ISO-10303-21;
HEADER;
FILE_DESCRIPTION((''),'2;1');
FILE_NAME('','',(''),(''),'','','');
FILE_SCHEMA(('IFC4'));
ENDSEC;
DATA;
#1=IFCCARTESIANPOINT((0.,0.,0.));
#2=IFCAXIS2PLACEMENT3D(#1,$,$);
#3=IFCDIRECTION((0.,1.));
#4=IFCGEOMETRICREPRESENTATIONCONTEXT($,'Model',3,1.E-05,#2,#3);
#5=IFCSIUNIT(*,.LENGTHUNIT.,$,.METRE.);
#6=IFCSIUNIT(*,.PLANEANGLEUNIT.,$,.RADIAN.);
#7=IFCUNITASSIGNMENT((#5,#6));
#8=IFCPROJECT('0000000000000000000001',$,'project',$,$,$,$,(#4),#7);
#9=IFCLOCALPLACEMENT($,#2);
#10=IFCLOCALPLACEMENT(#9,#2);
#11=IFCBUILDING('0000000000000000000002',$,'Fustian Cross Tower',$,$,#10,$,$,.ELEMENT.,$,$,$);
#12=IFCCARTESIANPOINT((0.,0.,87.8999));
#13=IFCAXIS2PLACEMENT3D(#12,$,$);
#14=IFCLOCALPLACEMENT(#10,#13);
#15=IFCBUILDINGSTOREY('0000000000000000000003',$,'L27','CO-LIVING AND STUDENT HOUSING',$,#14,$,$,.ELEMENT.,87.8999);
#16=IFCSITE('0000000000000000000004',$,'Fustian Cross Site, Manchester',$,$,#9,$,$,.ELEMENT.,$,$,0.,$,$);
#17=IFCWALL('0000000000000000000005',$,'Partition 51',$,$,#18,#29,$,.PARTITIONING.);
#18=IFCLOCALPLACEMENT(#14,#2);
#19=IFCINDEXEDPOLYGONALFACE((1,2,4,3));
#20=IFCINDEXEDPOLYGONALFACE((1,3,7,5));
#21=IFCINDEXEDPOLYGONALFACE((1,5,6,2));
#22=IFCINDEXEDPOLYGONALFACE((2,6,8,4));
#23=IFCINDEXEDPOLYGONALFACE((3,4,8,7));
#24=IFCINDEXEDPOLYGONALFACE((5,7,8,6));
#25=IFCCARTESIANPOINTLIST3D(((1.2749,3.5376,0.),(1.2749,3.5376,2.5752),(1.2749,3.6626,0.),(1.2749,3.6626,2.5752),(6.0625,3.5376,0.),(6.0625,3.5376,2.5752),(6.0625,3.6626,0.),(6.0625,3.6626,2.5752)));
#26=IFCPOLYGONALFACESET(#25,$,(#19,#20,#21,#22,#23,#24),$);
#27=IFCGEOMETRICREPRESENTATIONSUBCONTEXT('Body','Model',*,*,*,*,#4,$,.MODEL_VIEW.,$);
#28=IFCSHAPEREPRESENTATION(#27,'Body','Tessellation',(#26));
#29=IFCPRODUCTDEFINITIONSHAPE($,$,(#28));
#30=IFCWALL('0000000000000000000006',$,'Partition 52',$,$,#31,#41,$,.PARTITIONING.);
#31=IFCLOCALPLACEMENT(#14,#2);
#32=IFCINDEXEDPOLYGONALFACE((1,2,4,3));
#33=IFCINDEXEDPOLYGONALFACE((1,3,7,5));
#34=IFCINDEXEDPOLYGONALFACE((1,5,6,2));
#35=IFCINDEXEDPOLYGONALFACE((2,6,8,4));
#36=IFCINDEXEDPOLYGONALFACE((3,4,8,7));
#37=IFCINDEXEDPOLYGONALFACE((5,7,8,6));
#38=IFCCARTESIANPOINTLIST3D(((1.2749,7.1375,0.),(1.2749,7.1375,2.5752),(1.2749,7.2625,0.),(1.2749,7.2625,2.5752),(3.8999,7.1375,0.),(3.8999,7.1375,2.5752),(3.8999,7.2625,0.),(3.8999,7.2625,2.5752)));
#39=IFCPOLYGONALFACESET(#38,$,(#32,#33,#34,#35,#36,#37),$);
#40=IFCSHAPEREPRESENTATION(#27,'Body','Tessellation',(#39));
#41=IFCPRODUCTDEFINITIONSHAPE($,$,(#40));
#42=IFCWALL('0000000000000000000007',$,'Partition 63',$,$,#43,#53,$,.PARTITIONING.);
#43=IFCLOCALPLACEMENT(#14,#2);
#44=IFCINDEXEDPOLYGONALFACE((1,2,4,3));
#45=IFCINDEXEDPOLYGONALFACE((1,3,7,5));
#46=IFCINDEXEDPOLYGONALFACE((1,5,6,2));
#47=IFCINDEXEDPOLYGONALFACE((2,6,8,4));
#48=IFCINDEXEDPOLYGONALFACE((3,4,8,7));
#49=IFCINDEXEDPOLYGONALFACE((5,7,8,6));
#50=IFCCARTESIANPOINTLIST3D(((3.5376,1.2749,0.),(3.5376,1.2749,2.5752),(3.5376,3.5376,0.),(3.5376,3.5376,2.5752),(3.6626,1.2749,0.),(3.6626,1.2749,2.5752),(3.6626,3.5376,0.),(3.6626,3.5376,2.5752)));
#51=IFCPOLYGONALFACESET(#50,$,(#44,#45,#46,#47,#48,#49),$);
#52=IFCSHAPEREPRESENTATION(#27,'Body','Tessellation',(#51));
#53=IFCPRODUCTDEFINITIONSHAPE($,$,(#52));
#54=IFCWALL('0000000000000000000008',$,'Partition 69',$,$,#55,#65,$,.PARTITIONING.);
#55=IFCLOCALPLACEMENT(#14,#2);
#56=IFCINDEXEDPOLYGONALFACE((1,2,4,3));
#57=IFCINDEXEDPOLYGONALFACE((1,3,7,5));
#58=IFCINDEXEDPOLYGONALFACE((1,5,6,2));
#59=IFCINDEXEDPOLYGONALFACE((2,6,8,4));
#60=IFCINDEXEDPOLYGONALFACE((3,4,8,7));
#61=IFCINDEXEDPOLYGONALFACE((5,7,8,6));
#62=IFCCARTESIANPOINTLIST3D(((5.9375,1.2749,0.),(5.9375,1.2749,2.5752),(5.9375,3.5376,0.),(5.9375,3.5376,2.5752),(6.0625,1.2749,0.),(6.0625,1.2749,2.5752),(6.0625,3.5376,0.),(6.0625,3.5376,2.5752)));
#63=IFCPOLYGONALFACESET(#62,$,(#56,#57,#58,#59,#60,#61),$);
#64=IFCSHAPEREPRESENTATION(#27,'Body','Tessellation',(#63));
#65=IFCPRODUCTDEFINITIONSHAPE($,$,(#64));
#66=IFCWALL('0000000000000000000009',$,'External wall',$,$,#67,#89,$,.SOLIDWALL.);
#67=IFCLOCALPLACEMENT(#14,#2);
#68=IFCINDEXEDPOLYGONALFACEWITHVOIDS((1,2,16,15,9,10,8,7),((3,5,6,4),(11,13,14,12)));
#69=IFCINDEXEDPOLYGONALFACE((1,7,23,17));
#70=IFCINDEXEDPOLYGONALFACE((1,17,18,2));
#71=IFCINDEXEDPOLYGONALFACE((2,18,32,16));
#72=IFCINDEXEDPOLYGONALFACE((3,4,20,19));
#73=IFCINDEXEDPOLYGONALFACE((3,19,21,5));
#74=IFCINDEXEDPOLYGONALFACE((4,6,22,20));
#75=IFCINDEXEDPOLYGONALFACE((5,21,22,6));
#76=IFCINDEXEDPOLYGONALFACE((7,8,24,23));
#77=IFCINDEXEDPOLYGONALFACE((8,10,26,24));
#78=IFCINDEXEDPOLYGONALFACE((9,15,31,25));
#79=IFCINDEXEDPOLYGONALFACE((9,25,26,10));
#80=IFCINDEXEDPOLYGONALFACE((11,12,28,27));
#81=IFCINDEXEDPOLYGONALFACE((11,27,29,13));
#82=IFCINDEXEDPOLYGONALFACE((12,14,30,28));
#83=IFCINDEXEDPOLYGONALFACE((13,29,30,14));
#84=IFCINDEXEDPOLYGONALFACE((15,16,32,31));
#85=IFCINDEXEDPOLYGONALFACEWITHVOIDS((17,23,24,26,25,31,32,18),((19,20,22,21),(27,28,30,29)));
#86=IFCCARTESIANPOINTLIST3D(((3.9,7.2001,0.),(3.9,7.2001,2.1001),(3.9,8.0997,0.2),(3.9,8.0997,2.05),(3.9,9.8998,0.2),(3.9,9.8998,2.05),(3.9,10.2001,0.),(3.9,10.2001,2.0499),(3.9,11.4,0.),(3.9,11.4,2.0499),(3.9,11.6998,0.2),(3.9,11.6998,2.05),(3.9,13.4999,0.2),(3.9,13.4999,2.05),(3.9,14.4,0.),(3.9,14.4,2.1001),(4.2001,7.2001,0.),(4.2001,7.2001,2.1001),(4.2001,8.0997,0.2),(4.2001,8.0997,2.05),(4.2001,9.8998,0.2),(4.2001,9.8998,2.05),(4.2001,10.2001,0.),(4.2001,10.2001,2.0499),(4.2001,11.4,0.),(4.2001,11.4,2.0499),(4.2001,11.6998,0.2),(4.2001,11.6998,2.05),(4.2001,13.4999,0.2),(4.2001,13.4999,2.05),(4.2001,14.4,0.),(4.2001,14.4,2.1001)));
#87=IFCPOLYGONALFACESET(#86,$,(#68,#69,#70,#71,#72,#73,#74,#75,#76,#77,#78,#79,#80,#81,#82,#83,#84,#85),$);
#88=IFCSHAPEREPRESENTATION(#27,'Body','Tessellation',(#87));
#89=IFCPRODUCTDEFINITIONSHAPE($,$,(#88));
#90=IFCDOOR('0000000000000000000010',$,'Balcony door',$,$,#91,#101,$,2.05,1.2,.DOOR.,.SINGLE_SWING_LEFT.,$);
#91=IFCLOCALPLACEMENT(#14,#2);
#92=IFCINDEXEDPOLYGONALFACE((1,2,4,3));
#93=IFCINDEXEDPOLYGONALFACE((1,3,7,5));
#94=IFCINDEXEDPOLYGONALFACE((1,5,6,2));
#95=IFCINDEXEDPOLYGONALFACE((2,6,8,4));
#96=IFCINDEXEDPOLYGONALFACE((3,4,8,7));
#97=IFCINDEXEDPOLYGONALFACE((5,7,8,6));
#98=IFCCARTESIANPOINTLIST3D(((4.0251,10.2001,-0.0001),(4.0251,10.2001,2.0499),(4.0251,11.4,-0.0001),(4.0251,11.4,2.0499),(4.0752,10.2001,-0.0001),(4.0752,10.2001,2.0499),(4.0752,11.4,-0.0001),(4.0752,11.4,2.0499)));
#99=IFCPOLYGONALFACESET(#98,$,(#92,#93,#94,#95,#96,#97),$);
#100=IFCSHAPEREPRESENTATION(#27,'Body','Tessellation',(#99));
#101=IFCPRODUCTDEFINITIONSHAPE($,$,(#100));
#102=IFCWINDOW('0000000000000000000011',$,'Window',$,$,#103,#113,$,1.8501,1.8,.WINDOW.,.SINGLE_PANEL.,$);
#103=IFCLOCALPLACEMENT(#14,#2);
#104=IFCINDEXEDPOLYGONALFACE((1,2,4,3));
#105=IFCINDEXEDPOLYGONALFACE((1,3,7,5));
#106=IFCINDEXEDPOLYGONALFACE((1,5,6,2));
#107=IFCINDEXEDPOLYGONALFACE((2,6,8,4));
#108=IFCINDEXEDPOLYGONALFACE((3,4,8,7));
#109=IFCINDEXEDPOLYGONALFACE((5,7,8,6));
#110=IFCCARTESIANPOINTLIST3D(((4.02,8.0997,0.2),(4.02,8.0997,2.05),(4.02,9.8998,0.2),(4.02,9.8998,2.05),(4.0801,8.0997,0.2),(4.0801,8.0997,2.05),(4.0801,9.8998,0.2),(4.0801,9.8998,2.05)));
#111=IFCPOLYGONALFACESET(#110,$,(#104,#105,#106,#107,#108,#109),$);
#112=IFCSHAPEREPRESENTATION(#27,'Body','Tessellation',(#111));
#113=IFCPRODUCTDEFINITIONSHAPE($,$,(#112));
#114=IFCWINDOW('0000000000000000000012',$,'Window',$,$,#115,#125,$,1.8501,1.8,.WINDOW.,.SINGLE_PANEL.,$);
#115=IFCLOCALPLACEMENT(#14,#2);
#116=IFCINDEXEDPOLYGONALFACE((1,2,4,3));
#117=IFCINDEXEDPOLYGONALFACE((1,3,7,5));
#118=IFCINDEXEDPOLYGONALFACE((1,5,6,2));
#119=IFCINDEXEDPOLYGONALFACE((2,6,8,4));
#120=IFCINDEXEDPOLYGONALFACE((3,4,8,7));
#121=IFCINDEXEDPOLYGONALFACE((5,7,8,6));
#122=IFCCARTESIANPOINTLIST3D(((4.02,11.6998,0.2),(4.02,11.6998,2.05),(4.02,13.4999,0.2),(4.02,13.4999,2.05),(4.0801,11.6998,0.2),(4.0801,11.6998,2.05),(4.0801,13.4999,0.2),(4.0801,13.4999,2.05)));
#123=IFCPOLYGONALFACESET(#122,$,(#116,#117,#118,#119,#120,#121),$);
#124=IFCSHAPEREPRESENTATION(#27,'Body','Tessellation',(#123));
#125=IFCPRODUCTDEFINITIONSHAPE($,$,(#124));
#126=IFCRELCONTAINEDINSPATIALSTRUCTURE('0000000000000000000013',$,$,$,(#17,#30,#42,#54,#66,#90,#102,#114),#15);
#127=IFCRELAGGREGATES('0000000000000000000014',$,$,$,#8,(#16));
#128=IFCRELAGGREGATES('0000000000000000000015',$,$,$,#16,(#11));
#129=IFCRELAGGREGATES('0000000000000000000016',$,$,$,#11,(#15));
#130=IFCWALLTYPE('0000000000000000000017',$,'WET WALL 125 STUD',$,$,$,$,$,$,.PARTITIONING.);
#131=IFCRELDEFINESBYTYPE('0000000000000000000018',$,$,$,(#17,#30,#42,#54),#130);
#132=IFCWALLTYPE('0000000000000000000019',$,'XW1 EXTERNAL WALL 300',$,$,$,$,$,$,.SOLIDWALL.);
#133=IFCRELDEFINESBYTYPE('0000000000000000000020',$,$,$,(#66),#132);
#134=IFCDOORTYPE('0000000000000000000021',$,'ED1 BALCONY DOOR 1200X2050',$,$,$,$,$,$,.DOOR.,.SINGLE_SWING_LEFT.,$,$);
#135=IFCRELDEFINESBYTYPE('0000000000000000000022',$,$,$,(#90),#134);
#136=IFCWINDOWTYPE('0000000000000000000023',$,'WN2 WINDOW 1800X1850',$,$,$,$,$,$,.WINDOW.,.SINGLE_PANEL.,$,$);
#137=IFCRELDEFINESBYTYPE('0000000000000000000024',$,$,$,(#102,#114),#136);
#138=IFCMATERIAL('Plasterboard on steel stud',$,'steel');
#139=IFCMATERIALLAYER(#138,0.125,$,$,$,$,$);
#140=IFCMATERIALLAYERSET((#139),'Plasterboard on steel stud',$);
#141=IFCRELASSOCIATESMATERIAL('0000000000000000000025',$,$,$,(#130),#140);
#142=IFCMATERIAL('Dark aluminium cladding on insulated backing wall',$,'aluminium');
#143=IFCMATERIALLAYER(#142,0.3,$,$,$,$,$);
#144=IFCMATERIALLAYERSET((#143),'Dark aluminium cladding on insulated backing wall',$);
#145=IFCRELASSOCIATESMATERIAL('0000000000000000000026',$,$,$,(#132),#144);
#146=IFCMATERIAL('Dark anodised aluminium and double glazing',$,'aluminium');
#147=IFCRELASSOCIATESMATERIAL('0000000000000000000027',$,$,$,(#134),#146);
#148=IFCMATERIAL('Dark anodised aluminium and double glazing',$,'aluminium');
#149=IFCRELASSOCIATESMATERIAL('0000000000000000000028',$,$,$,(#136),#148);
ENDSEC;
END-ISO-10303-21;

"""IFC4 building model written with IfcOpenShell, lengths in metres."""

from ifc_helpers import new_model, si_unit, direction, frame, frame_2d, origin, place, context, subcontext, project, spatial, rectangle, extrude, material, layer, layer_set, type_object, element, fill, save


model = new_model("IFC4")

# Units and contexts
model_context = context("Model", 3, precision=1e-05, world=origin(), true_north=direction((0.0, 1.0)))
body_context = subcontext(model_context, "Body", "Model", "MODEL_VIEW")
ifc_project = project(units=[si_unit("LENGTHUNIT", "METRE"), si_unit("PLANEANGLEUNIT", "RADIAN")], contexts=[model_context])

# Site, building, storey
site_placement = place(None, origin())
site = spatial("IfcSite", under=ifc_project, at=site_placement, Name="Fustian Cross Site, Manchester", CompositionType="ELEMENT", RefElevation=0.0)
building_placement = place(site_placement, origin())
building = spatial("IfcBuilding", under=site, at=building_placement, Name="Fustian Cross Tower", CompositionType="ELEMENT")
storey_placement = place(building_placement, frame((0.0, 0.0, 87.8999)))
storey = spatial("IfcBuildingStorey", under=building, at=storey_placement, Name="L27", Description="CO-LIVING AND STUDENT HOUSING", CompositionType="ELEMENT", Elevation=87.8999)

# Walls
ifc_material_1 = material(Name="Plasterboard on steel stud", Category="steel")
ifc_layer_1 = layer(ifc_material_1, 0.125)
ifc_layer_set_1 = layer_set([ifc_layer_1], Name="Plasterboard on steel stud")
wall_type_1 = type_object("IfcWallType", Name="WET WALL 125 STUD", PredefinedType="PARTITIONING", material=ifc_layer_set_1)
wall_1_placement = place(storey_placement, frame((1.2749, 3.6001, 0.0), z_axis=(0.0, 0.0, 1.0), x_axis=(1.0, 0.0, 0.0)))
element("IfcWall", 1, at=wall_1_placement, inside=storey, type_object=wall_type_1, Name="Partition 51", PredefinedType="PARTITIONING", context=body_context, shape_type="SweptSolid", body=[
    extrude(rectangle(XDim=4.7876, YDim=0.125, at=frame_2d((2.3938, 0.0))), origin(), (0.0, 0.0, 1.0), 2.5752),
])
wall_2_placement = place(storey_placement, frame((1.2749, 7.2, 0.0), z_axis=(0.0, 0.0, 1.0), x_axis=(1.0, 0.0, 0.0)))
element("IfcWall", 2, at=wall_2_placement, inside=storey, type_object=wall_type_1, Name="Partition 52", PredefinedType="PARTITIONING", context=body_context, shape_type="SweptSolid", body=[
    extrude(rectangle(XDim=2.625, YDim=0.125, at=frame_2d((1.3125, 0.0))), origin(), (0.0, 0.0, 1.0), 2.5752),
])
for number, where, z_axis, x_axis, name in (
    (3, (3.6001, 1.2749, 0.0), (0.0, 0.0, 1.0), (0.0, 1.0, 0.0), "Partition 63"),
    (4, (6.0, 1.2749, 0.0), (0.0, 0.0, 1.0), (0.0, 1.0, 0.0), "Partition 69"),
):
    element("IfcWall", number, at=place(storey_placement, frame(where, z_axis=z_axis, x_axis=x_axis)), inside=storey, type_object=wall_type_1, Name=name, PredefinedType="PARTITIONING", context=body_context, shape_type="SweptSolid", body=[
        extrude(rectangle(XDim=2.2627, YDim=0.125, at=frame_2d((1.1313, 0.0))), origin(), (0.0, 0.0, 1.0), 2.5752),
    ])

# Wall, openings, door, windows
ifc_material_2 = material(Name="Dark aluminium cladding on insulated backing wall", Category="aluminium")
ifc_layer_2 = layer(ifc_material_2, 0.3)
ifc_layer_set_2 = layer_set([ifc_layer_2], Name="Dark aluminium cladding on insulated backing wall")
wall_type_2 = type_object("IfcWallType", Name="XW1 EXTERNAL WALL 300", PredefinedType="SOLIDWALL", material=ifc_layer_set_2)
wall_3_placement = place(storey_placement, frame((4.05, 7.2, 0.0), z_axis=(0.0, 0.0, 1.0), x_axis=(0.0, 1.0, 0.0)))
wall_3 = element("IfcWall", 5, at=wall_3_placement, inside=storey, type_object=wall_type_2, Name="External wall", PredefinedType="SOLIDWALL", context=body_context, shape_type="SweptSolid", body=[
    extrude(rectangle(XDim=7.2, YDim=0.3, at=frame_2d((3.6001, 0.0))), origin(), (0.0, 0.0, 1.0), 2.1001),
])
opening_1_placement = place(wall_3_placement, frame((3.0, 0.0, 0.0)))
opening_1 = element("IfcOpeningElement", 6, at=opening_1_placement, cuts=wall_3, PredefinedType="OPENING", context=body_context, shape_type="SweptSolid", body=[
    extrude(rectangle(XDim=1.2, YDim=2.05, at=frame_2d((0.6001, 1.0249))), frame((0.0, 0.1599, 0.0), z_axis=(0.0, -1.0, 0.0), x_axis=(1.0, 0.0, 0.0)), (0.0, 0.0, 1.0), 0.3201),
])
opening_2_placement = place(wall_3_placement, frame((0.8999, 0.0, 0.2)))
opening_2 = element("IfcOpeningElement", 7, at=opening_2_placement, cuts=wall_3, PredefinedType="OPENING", context=body_context, shape_type="SweptSolid", body=[
    extrude(rectangle(XDim=1.8, YDim=1.8501, at=frame_2d((0.8999, 0.925))), frame((0.0, 0.1599, 0.0), z_axis=(0.0, -1.0, 0.0), x_axis=(1.0, 0.0, 0.0)), (0.0, 0.0, 1.0), 0.3201),
])
opening_3_placement = place(wall_3_placement, frame((4.5, 0.0, 0.2)))
opening_3 = element("IfcOpeningElement", 8, at=opening_3_placement, cuts=wall_3, PredefinedType="OPENING", context=body_context, shape_type="SweptSolid", body=[
    extrude(rectangle(XDim=1.8, YDim=1.8501, at=frame_2d((0.8999, 0.925))), frame((0.0, 0.1599, 0.0), z_axis=(0.0, -1.0, 0.0), x_axis=(1.0, 0.0, 0.0)), (0.0, 0.0, 1.0), 0.3201),
])
ifc_material_3 = material(Name="Dark anodised aluminium and double glazing", Category="aluminium")
door_type_1 = type_object("IfcDoorType", Name="ED1 BALCONY DOOR 1200X2050", OperationType="SINGLE_SWING_LEFT", PredefinedType="DOOR", material=ifc_material_3)
door_1_placement = place(opening_1_placement, origin())
door_1 = element("IfcDoor", 9, at=door_1_placement, inside=storey, type_object=door_type_1, Name="Balcony door", OperationType="SINGLE_SWING_LEFT", OverallHeight=2.05, OverallWidth=1.2, PredefinedType="DOOR", context=body_context, shape_type="SweptSolid", body=[
    extrude(rectangle(XDim=1.2, YDim=2.05, at=frame_2d((0.6001, 1.0249))), frame((0.0, 0.0249, 0.0), z_axis=(0.0, -1.0, 0.0), x_axis=(1.0, 0.0, 0.0)), (0.0, 0.0, 1.0), 0.05),
])
fill(opening_1, door_1)
ifc_material_4 = material(Name="Dark anodised aluminium and double glazing", Category="aluminium")
window_type = type_object("IfcWindowType", Name="WN2 WINDOW 1800X1850", PartitioningType="SINGLE_PANEL", PredefinedType="WINDOW", material=ifc_material_4)
window_1_placement = place(opening_2_placement, origin())
window_1 = element("IfcWindow", 10, at=window_1_placement, inside=storey, type_object=window_type, Name="Window", OverallHeight=1.8501, OverallWidth=1.8, PartitioningType="SINGLE_PANEL", PredefinedType="WINDOW", context=body_context, shape_type="SweptSolid", body=[
    extrude(rectangle(XDim=1.8, YDim=1.8501, at=frame_2d((0.8999, 0.925))), frame((0.0, 0.03, 0.0), z_axis=(0.0, -1.0, 0.0), x_axis=(1.0, 0.0, 0.0)), (0.0, 0.0, 1.0), 0.0601),
])
fill(opening_2, window_1)
window_2_placement = place(opening_3_placement, origin())
window_2 = element("IfcWindow", 11, at=window_2_placement, inside=storey, type_object=window_type, Name="Window", OverallHeight=1.8501, OverallWidth=1.8, PartitioningType="SINGLE_PANEL", PredefinedType="WINDOW", context=body_context, shape_type="SweptSolid", body=[
    extrude(rectangle(XDim=1.8, YDim=1.8501, at=frame_2d((0.8999, 0.925))), frame((0.0, 0.03, 0.0), z_axis=(0.0, -1.0, 0.0), x_axis=(1.0, 0.0, 0.0)), (0.0, 0.0, 1.0), 0.0601),
])
fill(opening_3, window_2)

save(model, "model.ifc")
